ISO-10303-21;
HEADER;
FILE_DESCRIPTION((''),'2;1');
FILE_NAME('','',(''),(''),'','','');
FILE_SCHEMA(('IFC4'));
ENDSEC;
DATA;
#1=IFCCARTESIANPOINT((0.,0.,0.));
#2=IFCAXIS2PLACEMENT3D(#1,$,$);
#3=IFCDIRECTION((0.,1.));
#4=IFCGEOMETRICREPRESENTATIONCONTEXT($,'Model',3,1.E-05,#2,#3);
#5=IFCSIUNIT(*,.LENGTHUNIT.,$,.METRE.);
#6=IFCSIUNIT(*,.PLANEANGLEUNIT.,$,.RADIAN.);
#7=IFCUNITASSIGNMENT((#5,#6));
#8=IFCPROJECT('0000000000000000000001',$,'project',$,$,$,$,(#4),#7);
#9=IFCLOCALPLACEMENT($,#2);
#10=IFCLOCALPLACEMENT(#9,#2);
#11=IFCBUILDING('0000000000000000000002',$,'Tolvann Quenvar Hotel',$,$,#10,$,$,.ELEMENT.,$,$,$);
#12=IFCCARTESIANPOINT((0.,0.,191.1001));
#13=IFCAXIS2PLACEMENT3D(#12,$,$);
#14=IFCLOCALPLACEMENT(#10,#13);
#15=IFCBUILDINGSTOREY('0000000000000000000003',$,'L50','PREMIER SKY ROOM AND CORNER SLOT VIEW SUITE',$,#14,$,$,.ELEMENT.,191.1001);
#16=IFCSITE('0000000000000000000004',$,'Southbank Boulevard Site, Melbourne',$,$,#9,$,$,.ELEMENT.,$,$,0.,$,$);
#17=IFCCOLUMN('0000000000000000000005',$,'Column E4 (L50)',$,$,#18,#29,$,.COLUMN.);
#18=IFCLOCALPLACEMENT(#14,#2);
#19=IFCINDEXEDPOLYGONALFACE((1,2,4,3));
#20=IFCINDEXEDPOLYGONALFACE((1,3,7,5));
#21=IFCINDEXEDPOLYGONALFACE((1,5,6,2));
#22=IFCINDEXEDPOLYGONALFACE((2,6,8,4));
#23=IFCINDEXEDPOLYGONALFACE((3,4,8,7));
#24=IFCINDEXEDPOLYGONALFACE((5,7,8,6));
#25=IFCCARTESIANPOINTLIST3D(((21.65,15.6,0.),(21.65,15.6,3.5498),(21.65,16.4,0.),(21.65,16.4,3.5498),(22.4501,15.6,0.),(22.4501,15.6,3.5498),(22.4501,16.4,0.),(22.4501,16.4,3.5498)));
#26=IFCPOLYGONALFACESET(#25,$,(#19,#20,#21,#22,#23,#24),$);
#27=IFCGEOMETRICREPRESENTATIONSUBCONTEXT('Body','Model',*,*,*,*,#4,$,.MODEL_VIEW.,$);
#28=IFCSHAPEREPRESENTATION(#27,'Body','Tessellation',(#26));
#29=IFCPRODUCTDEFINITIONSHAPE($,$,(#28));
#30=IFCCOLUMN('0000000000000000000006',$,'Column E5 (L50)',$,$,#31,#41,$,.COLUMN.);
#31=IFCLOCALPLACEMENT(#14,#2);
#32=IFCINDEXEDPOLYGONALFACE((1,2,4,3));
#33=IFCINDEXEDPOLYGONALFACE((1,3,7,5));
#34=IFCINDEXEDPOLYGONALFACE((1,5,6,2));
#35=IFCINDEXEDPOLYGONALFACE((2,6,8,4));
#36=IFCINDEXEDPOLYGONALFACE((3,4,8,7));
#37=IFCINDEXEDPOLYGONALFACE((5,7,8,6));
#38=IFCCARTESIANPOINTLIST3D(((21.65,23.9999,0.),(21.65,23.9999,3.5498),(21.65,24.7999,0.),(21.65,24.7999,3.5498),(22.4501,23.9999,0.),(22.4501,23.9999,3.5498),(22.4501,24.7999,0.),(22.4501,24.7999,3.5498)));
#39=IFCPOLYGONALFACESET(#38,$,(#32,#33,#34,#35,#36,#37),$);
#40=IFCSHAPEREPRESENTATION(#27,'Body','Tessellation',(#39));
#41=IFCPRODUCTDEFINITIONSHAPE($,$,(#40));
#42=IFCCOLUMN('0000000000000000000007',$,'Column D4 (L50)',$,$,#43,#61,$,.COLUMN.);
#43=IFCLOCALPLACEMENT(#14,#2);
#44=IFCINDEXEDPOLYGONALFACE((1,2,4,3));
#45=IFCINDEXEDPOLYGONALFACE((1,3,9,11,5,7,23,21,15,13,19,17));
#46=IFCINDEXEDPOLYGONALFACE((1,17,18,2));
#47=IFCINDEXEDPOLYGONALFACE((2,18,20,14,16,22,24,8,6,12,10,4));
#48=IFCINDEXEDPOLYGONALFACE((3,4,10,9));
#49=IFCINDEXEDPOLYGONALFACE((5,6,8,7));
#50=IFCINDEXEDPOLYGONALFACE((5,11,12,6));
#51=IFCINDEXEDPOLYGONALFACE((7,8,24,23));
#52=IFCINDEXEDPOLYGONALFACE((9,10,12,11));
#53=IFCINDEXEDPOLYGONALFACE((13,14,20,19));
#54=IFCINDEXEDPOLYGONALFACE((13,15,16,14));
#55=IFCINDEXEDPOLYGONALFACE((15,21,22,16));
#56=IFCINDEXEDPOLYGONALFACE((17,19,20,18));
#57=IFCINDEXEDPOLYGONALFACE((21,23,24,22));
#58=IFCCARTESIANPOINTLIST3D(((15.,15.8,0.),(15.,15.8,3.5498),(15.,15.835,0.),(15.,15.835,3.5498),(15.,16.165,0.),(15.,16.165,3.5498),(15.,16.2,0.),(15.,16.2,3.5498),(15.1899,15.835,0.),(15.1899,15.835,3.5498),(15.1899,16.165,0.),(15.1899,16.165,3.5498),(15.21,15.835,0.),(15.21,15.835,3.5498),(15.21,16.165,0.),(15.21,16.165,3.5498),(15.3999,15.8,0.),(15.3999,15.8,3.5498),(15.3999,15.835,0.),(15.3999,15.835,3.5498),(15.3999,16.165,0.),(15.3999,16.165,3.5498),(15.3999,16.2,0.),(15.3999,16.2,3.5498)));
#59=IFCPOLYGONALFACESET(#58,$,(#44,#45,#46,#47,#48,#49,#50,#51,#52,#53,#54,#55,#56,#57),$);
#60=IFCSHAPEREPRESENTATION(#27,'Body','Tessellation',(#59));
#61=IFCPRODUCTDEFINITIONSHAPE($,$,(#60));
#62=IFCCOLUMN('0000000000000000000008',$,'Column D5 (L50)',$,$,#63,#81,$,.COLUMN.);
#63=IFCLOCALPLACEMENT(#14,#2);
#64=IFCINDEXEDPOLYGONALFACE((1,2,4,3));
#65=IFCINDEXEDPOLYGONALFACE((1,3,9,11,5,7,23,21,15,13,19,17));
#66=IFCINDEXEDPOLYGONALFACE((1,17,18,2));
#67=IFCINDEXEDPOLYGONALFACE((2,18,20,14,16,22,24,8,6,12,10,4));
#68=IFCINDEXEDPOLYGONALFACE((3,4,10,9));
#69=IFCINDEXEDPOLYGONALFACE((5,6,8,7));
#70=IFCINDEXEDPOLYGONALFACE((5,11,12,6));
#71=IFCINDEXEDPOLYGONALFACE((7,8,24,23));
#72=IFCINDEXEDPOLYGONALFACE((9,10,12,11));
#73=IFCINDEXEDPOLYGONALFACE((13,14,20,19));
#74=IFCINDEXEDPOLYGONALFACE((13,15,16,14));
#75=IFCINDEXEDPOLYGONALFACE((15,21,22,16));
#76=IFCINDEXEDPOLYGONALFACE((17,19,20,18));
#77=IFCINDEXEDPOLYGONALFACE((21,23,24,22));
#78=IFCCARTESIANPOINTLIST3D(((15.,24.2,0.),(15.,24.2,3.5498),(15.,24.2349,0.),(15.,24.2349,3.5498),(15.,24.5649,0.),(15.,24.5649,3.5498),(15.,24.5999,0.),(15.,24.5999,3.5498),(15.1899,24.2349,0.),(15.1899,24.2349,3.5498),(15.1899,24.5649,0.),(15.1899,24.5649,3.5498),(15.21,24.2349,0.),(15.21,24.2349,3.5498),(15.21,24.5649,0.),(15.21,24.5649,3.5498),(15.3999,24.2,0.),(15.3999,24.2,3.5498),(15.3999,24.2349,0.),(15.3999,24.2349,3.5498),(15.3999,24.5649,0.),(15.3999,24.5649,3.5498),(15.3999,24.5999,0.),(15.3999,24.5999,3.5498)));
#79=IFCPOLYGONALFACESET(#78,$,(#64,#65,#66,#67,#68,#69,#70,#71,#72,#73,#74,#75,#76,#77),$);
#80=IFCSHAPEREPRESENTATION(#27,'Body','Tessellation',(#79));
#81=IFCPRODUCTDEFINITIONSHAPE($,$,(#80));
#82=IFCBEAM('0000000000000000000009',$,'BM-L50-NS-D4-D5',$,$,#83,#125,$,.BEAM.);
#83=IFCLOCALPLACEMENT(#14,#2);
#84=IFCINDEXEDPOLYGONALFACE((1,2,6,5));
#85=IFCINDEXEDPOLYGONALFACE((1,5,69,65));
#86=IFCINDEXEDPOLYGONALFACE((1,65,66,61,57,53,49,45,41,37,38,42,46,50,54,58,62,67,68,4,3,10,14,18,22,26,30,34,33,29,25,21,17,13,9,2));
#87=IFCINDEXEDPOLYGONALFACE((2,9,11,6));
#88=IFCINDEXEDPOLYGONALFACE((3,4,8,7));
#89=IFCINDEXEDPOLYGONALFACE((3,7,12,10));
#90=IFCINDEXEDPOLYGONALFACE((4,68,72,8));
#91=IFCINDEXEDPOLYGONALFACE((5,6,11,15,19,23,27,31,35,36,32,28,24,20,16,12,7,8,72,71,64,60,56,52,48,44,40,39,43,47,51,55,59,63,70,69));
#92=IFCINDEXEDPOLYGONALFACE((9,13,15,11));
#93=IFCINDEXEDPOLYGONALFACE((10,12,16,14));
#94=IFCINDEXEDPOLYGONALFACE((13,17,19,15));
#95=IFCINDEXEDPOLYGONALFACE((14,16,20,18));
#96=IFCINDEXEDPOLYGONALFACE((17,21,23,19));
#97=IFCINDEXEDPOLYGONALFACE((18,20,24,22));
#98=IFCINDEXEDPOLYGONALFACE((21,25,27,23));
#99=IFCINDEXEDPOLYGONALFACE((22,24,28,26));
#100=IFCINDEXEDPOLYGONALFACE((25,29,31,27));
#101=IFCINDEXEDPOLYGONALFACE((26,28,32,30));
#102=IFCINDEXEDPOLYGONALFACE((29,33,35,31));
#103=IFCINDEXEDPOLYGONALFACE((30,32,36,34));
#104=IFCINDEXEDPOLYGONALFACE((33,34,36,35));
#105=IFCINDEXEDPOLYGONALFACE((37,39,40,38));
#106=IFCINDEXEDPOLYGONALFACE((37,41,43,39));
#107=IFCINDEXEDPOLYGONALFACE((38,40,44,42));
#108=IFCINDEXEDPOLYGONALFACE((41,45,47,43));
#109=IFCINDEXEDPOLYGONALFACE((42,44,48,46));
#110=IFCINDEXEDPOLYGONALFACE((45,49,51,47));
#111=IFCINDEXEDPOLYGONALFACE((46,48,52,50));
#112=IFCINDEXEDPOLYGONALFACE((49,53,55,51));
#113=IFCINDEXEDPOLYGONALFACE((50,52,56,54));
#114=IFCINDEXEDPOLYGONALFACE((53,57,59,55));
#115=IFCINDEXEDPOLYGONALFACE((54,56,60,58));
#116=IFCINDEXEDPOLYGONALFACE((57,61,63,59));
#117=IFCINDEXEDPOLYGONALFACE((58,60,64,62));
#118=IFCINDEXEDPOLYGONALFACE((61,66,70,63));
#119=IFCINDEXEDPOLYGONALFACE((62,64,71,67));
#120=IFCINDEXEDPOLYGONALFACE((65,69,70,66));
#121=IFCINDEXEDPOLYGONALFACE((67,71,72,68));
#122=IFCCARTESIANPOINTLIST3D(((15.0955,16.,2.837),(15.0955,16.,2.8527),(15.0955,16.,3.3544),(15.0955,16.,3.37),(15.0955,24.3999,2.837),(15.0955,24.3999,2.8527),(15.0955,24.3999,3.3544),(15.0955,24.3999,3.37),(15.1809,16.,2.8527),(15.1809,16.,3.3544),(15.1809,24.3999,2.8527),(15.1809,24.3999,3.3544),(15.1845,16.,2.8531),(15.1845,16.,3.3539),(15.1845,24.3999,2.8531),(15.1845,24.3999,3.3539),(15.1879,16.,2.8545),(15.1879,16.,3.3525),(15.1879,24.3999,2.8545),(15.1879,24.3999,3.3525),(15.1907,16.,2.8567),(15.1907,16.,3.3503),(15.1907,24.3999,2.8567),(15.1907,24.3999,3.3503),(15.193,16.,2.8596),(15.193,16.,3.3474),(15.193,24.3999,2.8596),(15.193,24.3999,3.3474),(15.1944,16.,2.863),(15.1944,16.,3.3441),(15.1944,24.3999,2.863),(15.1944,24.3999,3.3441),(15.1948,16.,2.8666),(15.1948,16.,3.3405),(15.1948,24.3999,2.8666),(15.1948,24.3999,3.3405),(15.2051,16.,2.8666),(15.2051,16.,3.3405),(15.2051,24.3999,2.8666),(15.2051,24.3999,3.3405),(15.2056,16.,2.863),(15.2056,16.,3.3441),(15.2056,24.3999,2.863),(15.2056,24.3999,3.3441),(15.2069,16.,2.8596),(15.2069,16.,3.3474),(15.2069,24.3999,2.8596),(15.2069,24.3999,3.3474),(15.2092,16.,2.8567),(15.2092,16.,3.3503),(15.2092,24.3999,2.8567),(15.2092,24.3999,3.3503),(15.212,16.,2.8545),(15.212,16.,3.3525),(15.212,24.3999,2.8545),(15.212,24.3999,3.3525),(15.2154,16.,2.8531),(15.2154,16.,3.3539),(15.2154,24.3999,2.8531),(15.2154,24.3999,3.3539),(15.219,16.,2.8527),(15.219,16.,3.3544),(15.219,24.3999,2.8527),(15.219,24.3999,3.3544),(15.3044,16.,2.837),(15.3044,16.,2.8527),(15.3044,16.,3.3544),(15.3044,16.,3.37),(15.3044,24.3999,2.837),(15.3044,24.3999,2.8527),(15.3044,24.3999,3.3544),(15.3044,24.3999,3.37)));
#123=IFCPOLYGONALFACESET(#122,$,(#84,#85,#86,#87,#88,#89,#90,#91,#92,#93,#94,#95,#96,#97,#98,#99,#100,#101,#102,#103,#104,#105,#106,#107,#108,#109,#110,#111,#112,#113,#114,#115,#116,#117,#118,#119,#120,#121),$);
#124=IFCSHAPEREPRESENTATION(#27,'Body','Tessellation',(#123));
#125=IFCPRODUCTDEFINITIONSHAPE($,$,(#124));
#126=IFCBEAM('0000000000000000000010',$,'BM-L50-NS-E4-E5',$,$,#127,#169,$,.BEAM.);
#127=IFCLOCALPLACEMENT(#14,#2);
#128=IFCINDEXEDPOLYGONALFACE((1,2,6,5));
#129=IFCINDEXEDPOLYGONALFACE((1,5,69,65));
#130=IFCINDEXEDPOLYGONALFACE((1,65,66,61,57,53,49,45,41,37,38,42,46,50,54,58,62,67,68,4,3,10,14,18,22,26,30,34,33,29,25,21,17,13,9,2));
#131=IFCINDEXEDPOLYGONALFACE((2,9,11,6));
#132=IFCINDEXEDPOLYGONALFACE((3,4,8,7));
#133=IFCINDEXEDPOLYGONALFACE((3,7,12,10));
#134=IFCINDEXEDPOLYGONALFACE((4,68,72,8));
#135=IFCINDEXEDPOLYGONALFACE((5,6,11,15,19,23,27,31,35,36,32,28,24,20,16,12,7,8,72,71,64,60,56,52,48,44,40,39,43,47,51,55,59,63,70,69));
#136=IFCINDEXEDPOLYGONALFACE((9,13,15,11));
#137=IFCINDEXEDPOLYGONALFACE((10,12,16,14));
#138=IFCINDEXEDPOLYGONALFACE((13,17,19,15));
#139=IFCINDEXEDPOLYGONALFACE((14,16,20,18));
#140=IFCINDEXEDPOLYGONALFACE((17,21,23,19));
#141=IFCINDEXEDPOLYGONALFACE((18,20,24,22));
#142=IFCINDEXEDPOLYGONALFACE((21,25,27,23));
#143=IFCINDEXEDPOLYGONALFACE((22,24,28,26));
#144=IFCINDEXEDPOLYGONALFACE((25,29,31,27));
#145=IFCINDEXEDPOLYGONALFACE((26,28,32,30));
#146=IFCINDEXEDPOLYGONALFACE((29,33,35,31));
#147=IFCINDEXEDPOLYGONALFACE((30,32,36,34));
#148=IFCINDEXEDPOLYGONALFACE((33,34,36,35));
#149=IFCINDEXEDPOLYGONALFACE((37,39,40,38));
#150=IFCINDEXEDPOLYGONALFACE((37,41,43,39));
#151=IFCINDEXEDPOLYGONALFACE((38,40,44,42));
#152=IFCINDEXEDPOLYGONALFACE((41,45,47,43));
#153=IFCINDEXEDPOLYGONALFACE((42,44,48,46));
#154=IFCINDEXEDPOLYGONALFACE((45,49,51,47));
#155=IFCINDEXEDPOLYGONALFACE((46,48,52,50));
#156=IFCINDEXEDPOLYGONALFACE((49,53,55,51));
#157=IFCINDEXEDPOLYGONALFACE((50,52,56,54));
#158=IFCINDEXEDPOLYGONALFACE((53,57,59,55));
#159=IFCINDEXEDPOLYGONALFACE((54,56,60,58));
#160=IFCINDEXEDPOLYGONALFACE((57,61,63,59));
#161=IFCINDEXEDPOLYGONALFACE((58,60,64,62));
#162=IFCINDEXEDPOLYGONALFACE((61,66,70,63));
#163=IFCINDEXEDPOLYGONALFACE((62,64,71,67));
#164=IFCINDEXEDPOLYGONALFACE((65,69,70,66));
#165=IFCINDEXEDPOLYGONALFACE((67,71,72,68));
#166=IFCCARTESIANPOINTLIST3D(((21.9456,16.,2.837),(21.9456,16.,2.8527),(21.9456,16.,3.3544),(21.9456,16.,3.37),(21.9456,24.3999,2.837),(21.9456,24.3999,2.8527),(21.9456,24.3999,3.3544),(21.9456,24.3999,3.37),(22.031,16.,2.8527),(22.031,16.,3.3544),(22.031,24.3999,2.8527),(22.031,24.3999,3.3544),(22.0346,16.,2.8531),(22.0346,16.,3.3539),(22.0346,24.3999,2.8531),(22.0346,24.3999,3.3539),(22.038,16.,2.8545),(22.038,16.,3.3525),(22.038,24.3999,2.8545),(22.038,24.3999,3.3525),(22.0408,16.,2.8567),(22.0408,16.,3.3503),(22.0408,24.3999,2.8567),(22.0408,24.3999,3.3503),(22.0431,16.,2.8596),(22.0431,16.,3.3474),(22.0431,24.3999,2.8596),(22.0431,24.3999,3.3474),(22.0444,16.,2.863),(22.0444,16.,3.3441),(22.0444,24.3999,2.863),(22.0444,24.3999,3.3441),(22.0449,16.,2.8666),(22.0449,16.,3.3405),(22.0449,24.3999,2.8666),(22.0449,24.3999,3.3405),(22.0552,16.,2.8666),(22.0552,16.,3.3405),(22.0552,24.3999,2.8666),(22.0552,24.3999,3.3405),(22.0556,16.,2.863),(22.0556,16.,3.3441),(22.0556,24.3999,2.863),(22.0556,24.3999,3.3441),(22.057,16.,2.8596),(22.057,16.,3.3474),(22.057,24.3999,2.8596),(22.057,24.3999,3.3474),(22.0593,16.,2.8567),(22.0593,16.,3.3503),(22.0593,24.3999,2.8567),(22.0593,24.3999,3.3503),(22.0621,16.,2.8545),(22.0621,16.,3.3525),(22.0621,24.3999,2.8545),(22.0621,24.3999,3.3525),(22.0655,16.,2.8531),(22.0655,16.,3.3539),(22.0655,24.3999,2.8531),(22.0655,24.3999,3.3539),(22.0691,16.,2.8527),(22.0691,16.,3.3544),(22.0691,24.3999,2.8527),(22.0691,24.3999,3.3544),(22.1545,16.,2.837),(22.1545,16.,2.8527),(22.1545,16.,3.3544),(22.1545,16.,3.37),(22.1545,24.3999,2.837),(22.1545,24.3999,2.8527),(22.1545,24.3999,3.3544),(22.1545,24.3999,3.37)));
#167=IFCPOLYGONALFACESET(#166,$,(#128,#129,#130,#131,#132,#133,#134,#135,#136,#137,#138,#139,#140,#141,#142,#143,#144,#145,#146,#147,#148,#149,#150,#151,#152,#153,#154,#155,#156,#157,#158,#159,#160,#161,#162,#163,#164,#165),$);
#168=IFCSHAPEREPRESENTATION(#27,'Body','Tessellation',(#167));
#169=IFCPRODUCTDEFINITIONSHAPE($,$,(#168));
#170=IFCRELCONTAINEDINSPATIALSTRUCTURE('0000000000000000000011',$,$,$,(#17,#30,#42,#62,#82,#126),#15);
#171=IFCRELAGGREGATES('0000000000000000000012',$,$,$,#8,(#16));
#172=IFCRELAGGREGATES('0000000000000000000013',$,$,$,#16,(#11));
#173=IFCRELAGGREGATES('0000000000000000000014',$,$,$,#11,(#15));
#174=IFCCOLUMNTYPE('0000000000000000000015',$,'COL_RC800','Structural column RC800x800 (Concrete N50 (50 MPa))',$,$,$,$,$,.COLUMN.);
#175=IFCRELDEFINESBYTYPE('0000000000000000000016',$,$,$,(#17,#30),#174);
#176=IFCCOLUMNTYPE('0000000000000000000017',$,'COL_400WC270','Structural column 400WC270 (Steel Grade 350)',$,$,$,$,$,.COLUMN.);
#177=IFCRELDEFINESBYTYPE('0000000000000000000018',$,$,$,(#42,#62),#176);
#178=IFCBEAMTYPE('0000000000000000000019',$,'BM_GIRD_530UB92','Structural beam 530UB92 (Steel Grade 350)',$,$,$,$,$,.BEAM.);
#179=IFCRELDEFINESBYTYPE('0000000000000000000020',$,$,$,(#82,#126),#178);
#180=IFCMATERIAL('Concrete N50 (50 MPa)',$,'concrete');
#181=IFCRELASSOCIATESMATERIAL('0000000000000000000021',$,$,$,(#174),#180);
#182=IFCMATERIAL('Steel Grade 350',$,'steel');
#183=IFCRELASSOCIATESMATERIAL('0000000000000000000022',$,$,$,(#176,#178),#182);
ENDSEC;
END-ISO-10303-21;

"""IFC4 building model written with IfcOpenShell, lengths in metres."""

from ifc_helpers import new_model, si_unit, direction, frame, origin, origin_2d, place, context, subcontext, project, spatial, rectangle, i_section, extrude, source, transform, mapped, material, material_profile, profile_set, type_object, type_shapes, element, save


model = new_model("IFC4")

# Units and contexts
model_context = context("Model", 3, precision=1e-05, world=origin(), true_north=direction((0.0, 1.0)))
body_context = subcontext(model_context, "Body", "Model", "MODEL_VIEW")
ifc_project = project(units=[si_unit("LENGTHUNIT", "METRE"), si_unit("PLANEANGLEUNIT", "RADIAN")], contexts=[model_context])

# Site, building, storey
site_placement = place(None, origin())
site = spatial("IfcSite", under=ifc_project, at=site_placement, Name="Southbank Boulevard Site, Melbourne", CompositionType="ELEMENT", RefElevation=0.0)
building_placement = place(site_placement, origin())
building = spatial("IfcBuilding", under=site, at=building_placement, Name="Tolvann Quenvar Hotel", CompositionType="ELEMENT")
storey_placement = place(building_placement, frame((0.0, 0.0, 191.1001)))
storey = spatial("IfcBuildingStorey", under=building, at=storey_placement, Name="L50", Description="PREMIER SKY ROOM AND CORNER SLOT VIEW SUITE", CompositionType="ELEMENT", Elevation=191.1001)

# Columns
ifc_material_1 = material(Name="Concrete N50 (50 MPa)", Category="concrete")
ifc_material_profile_1 = material_profile(ifc_material_1, rectangle(XDim=0.8, YDim=0.8, at=origin_2d()), Name="RC800x800")
ifc_profile_set_1 = profile_set([ifc_material_profile_1], Name="Concrete N50 (50 MPa)")
column_type_1 = type_object("IfcColumnType", Name="COL_RC800", Description="Structural column RC800x800 (Concrete N50 (50 MPa))", PredefinedType="COLUMN", material=ifc_profile_set_1)
shared_shape_1 = source(origin(), body_context, "Body", "SweptSolid", [
    extrude(rectangle(XDim=0.8, YDim=0.8, at=origin_2d()), origin(), (0.0, 0.0, 1.0), 3.5498),
])
type_shapes(column_type_1, [shared_shape_1])
for number, where, z_axis, x_axis, name in (
    (1, (22.05, 16.0, 0.0), (0.0, 0.0, 1.0), (1.0, 0.0, 0.0), "Column E4 (L50)"),
    (2, (22.05, 24.3999, 0.0), (0.0, 0.0, 1.0), (1.0, 0.0, 0.0), "Column E5 (L50)"),
):
    element("IfcColumn", number, at=place(storey_placement, frame(where, z_axis=z_axis, x_axis=x_axis)), inside=storey, type_object=column_type_1, Name=name, PredefinedType="COLUMN", context=body_context, shape_type="MappedRepresentation", body=[
        mapped(shared_shape_1, transform((0.0, 0.0, 0.0), x_axis=(1.0, 0.0, 0.0), y_axis=(0.0, 1.0, 0.0), z_axis=(0.0, 0.0, 1.0), scale=1.0)),
    ])
ifc_material_2 = material(Name="Steel Grade 350", Category="steel")
ifc_material_profile_2 = material_profile(ifc_material_2, i_section(OverallWidth=0.3999, OverallDepth=0.3999, WebThickness=0.02, FlangeThickness=0.0349, at=origin_2d()), Name="400WC270")
ifc_profile_set_2 = profile_set([ifc_material_profile_2], Name="Steel Grade 350")
column_type_2 = type_object("IfcColumnType", Name="COL_400WC270", Description="Structural column 400WC270 (Steel Grade 350)", PredefinedType="COLUMN", material=ifc_profile_set_2)
shared_shape_2 = source(origin(), body_context, "Body", "SweptSolid", [
    extrude(i_section(OverallWidth=0.3999, OverallDepth=0.3999, WebThickness=0.02, FlangeThickness=0.0349, at=origin_2d()), origin(), (0.0, 0.0, 1.0), 3.5498),
])
type_shapes(column_type_2, [shared_shape_2])
for number, where, z_axis, x_axis, name in (
    (3, (15.2, 16.0, 0.0), (0.0, 0.0, 1.0), (1.0, 0.0, 0.0), "Column D4 (L50)"),
    (4, (15.2, 24.3999, 0.0), (0.0, 0.0, 1.0), (1.0, 0.0, 0.0), "Column D5 (L50)"),
):
    element("IfcColumn", number, at=place(storey_placement, frame(where, z_axis=z_axis, x_axis=x_axis)), inside=storey, type_object=column_type_2, Name=name, PredefinedType="COLUMN", context=body_context, shape_type="MappedRepresentation", body=[
        mapped(shared_shape_2, transform((0.0, 0.0, 0.0), x_axis=(1.0, 0.0, 0.0), y_axis=(0.0, 1.0, 0.0), z_axis=(0.0, 0.0, 1.0), scale=1.0)),
    ])

# Beams
ifc_material_profile_3 = material_profile(ifc_material_2, i_section(OverallWidth=0.209, OverallDepth=0.533, WebThickness=0.0103, FlangeThickness=0.0156, FilletRadius=0.0139, at=origin_2d()), Name="530UB92")
ifc_profile_set_3 = profile_set([ifc_material_profile_3], Name="Steel Grade 350")
beam_type_1 = type_object("IfcBeamType", Name="BM_GIRD_530UB92", Description="Structural beam 530UB92 (Steel Grade 350)", PredefinedType="BEAM", material=ifc_profile_set_3)
shared_shape_3 = source(origin(), body_context, "Body", "SweptSolid", [
    extrude(i_section(OverallWidth=0.209, OverallDepth=0.533, WebThickness=0.0103, FlangeThickness=0.0156, FilletRadius=0.0139, at=origin_2d()), origin(), (0.0, 0.0, 1.0), 8.3999),
])
type_shapes(beam_type_1, [shared_shape_3])
for number, where, z_axis, x_axis, name in (
    (5, (15.2, 16.0, 3.1035), (0.0, 1.0, 0.0), (-1.0, 0.0, 0.0), "BM-L50-NS-D4-D5"),
    (6, (22.05, 16.0, 3.1035), (0.0, 1.0, 0.0), (-1.0, 0.0, 0.0), "BM-L50-NS-E4-E5"),
):
    element("IfcBeam", number, at=place(storey_placement, frame(where, z_axis=z_axis, x_axis=x_axis)), inside=storey, type_object=beam_type_1, Name=name, PredefinedType="BEAM", context=body_context, shape_type="MappedRepresentation", body=[
        mapped(shared_shape_3, transform((0.0, 0.0, 0.0), x_axis=(1.0, 0.0, 0.0), y_axis=(0.0, 1.0, 0.0), z_axis=(0.0, 0.0, 1.0), scale=1.0)),
    ])

save(model, "model.ifc")
